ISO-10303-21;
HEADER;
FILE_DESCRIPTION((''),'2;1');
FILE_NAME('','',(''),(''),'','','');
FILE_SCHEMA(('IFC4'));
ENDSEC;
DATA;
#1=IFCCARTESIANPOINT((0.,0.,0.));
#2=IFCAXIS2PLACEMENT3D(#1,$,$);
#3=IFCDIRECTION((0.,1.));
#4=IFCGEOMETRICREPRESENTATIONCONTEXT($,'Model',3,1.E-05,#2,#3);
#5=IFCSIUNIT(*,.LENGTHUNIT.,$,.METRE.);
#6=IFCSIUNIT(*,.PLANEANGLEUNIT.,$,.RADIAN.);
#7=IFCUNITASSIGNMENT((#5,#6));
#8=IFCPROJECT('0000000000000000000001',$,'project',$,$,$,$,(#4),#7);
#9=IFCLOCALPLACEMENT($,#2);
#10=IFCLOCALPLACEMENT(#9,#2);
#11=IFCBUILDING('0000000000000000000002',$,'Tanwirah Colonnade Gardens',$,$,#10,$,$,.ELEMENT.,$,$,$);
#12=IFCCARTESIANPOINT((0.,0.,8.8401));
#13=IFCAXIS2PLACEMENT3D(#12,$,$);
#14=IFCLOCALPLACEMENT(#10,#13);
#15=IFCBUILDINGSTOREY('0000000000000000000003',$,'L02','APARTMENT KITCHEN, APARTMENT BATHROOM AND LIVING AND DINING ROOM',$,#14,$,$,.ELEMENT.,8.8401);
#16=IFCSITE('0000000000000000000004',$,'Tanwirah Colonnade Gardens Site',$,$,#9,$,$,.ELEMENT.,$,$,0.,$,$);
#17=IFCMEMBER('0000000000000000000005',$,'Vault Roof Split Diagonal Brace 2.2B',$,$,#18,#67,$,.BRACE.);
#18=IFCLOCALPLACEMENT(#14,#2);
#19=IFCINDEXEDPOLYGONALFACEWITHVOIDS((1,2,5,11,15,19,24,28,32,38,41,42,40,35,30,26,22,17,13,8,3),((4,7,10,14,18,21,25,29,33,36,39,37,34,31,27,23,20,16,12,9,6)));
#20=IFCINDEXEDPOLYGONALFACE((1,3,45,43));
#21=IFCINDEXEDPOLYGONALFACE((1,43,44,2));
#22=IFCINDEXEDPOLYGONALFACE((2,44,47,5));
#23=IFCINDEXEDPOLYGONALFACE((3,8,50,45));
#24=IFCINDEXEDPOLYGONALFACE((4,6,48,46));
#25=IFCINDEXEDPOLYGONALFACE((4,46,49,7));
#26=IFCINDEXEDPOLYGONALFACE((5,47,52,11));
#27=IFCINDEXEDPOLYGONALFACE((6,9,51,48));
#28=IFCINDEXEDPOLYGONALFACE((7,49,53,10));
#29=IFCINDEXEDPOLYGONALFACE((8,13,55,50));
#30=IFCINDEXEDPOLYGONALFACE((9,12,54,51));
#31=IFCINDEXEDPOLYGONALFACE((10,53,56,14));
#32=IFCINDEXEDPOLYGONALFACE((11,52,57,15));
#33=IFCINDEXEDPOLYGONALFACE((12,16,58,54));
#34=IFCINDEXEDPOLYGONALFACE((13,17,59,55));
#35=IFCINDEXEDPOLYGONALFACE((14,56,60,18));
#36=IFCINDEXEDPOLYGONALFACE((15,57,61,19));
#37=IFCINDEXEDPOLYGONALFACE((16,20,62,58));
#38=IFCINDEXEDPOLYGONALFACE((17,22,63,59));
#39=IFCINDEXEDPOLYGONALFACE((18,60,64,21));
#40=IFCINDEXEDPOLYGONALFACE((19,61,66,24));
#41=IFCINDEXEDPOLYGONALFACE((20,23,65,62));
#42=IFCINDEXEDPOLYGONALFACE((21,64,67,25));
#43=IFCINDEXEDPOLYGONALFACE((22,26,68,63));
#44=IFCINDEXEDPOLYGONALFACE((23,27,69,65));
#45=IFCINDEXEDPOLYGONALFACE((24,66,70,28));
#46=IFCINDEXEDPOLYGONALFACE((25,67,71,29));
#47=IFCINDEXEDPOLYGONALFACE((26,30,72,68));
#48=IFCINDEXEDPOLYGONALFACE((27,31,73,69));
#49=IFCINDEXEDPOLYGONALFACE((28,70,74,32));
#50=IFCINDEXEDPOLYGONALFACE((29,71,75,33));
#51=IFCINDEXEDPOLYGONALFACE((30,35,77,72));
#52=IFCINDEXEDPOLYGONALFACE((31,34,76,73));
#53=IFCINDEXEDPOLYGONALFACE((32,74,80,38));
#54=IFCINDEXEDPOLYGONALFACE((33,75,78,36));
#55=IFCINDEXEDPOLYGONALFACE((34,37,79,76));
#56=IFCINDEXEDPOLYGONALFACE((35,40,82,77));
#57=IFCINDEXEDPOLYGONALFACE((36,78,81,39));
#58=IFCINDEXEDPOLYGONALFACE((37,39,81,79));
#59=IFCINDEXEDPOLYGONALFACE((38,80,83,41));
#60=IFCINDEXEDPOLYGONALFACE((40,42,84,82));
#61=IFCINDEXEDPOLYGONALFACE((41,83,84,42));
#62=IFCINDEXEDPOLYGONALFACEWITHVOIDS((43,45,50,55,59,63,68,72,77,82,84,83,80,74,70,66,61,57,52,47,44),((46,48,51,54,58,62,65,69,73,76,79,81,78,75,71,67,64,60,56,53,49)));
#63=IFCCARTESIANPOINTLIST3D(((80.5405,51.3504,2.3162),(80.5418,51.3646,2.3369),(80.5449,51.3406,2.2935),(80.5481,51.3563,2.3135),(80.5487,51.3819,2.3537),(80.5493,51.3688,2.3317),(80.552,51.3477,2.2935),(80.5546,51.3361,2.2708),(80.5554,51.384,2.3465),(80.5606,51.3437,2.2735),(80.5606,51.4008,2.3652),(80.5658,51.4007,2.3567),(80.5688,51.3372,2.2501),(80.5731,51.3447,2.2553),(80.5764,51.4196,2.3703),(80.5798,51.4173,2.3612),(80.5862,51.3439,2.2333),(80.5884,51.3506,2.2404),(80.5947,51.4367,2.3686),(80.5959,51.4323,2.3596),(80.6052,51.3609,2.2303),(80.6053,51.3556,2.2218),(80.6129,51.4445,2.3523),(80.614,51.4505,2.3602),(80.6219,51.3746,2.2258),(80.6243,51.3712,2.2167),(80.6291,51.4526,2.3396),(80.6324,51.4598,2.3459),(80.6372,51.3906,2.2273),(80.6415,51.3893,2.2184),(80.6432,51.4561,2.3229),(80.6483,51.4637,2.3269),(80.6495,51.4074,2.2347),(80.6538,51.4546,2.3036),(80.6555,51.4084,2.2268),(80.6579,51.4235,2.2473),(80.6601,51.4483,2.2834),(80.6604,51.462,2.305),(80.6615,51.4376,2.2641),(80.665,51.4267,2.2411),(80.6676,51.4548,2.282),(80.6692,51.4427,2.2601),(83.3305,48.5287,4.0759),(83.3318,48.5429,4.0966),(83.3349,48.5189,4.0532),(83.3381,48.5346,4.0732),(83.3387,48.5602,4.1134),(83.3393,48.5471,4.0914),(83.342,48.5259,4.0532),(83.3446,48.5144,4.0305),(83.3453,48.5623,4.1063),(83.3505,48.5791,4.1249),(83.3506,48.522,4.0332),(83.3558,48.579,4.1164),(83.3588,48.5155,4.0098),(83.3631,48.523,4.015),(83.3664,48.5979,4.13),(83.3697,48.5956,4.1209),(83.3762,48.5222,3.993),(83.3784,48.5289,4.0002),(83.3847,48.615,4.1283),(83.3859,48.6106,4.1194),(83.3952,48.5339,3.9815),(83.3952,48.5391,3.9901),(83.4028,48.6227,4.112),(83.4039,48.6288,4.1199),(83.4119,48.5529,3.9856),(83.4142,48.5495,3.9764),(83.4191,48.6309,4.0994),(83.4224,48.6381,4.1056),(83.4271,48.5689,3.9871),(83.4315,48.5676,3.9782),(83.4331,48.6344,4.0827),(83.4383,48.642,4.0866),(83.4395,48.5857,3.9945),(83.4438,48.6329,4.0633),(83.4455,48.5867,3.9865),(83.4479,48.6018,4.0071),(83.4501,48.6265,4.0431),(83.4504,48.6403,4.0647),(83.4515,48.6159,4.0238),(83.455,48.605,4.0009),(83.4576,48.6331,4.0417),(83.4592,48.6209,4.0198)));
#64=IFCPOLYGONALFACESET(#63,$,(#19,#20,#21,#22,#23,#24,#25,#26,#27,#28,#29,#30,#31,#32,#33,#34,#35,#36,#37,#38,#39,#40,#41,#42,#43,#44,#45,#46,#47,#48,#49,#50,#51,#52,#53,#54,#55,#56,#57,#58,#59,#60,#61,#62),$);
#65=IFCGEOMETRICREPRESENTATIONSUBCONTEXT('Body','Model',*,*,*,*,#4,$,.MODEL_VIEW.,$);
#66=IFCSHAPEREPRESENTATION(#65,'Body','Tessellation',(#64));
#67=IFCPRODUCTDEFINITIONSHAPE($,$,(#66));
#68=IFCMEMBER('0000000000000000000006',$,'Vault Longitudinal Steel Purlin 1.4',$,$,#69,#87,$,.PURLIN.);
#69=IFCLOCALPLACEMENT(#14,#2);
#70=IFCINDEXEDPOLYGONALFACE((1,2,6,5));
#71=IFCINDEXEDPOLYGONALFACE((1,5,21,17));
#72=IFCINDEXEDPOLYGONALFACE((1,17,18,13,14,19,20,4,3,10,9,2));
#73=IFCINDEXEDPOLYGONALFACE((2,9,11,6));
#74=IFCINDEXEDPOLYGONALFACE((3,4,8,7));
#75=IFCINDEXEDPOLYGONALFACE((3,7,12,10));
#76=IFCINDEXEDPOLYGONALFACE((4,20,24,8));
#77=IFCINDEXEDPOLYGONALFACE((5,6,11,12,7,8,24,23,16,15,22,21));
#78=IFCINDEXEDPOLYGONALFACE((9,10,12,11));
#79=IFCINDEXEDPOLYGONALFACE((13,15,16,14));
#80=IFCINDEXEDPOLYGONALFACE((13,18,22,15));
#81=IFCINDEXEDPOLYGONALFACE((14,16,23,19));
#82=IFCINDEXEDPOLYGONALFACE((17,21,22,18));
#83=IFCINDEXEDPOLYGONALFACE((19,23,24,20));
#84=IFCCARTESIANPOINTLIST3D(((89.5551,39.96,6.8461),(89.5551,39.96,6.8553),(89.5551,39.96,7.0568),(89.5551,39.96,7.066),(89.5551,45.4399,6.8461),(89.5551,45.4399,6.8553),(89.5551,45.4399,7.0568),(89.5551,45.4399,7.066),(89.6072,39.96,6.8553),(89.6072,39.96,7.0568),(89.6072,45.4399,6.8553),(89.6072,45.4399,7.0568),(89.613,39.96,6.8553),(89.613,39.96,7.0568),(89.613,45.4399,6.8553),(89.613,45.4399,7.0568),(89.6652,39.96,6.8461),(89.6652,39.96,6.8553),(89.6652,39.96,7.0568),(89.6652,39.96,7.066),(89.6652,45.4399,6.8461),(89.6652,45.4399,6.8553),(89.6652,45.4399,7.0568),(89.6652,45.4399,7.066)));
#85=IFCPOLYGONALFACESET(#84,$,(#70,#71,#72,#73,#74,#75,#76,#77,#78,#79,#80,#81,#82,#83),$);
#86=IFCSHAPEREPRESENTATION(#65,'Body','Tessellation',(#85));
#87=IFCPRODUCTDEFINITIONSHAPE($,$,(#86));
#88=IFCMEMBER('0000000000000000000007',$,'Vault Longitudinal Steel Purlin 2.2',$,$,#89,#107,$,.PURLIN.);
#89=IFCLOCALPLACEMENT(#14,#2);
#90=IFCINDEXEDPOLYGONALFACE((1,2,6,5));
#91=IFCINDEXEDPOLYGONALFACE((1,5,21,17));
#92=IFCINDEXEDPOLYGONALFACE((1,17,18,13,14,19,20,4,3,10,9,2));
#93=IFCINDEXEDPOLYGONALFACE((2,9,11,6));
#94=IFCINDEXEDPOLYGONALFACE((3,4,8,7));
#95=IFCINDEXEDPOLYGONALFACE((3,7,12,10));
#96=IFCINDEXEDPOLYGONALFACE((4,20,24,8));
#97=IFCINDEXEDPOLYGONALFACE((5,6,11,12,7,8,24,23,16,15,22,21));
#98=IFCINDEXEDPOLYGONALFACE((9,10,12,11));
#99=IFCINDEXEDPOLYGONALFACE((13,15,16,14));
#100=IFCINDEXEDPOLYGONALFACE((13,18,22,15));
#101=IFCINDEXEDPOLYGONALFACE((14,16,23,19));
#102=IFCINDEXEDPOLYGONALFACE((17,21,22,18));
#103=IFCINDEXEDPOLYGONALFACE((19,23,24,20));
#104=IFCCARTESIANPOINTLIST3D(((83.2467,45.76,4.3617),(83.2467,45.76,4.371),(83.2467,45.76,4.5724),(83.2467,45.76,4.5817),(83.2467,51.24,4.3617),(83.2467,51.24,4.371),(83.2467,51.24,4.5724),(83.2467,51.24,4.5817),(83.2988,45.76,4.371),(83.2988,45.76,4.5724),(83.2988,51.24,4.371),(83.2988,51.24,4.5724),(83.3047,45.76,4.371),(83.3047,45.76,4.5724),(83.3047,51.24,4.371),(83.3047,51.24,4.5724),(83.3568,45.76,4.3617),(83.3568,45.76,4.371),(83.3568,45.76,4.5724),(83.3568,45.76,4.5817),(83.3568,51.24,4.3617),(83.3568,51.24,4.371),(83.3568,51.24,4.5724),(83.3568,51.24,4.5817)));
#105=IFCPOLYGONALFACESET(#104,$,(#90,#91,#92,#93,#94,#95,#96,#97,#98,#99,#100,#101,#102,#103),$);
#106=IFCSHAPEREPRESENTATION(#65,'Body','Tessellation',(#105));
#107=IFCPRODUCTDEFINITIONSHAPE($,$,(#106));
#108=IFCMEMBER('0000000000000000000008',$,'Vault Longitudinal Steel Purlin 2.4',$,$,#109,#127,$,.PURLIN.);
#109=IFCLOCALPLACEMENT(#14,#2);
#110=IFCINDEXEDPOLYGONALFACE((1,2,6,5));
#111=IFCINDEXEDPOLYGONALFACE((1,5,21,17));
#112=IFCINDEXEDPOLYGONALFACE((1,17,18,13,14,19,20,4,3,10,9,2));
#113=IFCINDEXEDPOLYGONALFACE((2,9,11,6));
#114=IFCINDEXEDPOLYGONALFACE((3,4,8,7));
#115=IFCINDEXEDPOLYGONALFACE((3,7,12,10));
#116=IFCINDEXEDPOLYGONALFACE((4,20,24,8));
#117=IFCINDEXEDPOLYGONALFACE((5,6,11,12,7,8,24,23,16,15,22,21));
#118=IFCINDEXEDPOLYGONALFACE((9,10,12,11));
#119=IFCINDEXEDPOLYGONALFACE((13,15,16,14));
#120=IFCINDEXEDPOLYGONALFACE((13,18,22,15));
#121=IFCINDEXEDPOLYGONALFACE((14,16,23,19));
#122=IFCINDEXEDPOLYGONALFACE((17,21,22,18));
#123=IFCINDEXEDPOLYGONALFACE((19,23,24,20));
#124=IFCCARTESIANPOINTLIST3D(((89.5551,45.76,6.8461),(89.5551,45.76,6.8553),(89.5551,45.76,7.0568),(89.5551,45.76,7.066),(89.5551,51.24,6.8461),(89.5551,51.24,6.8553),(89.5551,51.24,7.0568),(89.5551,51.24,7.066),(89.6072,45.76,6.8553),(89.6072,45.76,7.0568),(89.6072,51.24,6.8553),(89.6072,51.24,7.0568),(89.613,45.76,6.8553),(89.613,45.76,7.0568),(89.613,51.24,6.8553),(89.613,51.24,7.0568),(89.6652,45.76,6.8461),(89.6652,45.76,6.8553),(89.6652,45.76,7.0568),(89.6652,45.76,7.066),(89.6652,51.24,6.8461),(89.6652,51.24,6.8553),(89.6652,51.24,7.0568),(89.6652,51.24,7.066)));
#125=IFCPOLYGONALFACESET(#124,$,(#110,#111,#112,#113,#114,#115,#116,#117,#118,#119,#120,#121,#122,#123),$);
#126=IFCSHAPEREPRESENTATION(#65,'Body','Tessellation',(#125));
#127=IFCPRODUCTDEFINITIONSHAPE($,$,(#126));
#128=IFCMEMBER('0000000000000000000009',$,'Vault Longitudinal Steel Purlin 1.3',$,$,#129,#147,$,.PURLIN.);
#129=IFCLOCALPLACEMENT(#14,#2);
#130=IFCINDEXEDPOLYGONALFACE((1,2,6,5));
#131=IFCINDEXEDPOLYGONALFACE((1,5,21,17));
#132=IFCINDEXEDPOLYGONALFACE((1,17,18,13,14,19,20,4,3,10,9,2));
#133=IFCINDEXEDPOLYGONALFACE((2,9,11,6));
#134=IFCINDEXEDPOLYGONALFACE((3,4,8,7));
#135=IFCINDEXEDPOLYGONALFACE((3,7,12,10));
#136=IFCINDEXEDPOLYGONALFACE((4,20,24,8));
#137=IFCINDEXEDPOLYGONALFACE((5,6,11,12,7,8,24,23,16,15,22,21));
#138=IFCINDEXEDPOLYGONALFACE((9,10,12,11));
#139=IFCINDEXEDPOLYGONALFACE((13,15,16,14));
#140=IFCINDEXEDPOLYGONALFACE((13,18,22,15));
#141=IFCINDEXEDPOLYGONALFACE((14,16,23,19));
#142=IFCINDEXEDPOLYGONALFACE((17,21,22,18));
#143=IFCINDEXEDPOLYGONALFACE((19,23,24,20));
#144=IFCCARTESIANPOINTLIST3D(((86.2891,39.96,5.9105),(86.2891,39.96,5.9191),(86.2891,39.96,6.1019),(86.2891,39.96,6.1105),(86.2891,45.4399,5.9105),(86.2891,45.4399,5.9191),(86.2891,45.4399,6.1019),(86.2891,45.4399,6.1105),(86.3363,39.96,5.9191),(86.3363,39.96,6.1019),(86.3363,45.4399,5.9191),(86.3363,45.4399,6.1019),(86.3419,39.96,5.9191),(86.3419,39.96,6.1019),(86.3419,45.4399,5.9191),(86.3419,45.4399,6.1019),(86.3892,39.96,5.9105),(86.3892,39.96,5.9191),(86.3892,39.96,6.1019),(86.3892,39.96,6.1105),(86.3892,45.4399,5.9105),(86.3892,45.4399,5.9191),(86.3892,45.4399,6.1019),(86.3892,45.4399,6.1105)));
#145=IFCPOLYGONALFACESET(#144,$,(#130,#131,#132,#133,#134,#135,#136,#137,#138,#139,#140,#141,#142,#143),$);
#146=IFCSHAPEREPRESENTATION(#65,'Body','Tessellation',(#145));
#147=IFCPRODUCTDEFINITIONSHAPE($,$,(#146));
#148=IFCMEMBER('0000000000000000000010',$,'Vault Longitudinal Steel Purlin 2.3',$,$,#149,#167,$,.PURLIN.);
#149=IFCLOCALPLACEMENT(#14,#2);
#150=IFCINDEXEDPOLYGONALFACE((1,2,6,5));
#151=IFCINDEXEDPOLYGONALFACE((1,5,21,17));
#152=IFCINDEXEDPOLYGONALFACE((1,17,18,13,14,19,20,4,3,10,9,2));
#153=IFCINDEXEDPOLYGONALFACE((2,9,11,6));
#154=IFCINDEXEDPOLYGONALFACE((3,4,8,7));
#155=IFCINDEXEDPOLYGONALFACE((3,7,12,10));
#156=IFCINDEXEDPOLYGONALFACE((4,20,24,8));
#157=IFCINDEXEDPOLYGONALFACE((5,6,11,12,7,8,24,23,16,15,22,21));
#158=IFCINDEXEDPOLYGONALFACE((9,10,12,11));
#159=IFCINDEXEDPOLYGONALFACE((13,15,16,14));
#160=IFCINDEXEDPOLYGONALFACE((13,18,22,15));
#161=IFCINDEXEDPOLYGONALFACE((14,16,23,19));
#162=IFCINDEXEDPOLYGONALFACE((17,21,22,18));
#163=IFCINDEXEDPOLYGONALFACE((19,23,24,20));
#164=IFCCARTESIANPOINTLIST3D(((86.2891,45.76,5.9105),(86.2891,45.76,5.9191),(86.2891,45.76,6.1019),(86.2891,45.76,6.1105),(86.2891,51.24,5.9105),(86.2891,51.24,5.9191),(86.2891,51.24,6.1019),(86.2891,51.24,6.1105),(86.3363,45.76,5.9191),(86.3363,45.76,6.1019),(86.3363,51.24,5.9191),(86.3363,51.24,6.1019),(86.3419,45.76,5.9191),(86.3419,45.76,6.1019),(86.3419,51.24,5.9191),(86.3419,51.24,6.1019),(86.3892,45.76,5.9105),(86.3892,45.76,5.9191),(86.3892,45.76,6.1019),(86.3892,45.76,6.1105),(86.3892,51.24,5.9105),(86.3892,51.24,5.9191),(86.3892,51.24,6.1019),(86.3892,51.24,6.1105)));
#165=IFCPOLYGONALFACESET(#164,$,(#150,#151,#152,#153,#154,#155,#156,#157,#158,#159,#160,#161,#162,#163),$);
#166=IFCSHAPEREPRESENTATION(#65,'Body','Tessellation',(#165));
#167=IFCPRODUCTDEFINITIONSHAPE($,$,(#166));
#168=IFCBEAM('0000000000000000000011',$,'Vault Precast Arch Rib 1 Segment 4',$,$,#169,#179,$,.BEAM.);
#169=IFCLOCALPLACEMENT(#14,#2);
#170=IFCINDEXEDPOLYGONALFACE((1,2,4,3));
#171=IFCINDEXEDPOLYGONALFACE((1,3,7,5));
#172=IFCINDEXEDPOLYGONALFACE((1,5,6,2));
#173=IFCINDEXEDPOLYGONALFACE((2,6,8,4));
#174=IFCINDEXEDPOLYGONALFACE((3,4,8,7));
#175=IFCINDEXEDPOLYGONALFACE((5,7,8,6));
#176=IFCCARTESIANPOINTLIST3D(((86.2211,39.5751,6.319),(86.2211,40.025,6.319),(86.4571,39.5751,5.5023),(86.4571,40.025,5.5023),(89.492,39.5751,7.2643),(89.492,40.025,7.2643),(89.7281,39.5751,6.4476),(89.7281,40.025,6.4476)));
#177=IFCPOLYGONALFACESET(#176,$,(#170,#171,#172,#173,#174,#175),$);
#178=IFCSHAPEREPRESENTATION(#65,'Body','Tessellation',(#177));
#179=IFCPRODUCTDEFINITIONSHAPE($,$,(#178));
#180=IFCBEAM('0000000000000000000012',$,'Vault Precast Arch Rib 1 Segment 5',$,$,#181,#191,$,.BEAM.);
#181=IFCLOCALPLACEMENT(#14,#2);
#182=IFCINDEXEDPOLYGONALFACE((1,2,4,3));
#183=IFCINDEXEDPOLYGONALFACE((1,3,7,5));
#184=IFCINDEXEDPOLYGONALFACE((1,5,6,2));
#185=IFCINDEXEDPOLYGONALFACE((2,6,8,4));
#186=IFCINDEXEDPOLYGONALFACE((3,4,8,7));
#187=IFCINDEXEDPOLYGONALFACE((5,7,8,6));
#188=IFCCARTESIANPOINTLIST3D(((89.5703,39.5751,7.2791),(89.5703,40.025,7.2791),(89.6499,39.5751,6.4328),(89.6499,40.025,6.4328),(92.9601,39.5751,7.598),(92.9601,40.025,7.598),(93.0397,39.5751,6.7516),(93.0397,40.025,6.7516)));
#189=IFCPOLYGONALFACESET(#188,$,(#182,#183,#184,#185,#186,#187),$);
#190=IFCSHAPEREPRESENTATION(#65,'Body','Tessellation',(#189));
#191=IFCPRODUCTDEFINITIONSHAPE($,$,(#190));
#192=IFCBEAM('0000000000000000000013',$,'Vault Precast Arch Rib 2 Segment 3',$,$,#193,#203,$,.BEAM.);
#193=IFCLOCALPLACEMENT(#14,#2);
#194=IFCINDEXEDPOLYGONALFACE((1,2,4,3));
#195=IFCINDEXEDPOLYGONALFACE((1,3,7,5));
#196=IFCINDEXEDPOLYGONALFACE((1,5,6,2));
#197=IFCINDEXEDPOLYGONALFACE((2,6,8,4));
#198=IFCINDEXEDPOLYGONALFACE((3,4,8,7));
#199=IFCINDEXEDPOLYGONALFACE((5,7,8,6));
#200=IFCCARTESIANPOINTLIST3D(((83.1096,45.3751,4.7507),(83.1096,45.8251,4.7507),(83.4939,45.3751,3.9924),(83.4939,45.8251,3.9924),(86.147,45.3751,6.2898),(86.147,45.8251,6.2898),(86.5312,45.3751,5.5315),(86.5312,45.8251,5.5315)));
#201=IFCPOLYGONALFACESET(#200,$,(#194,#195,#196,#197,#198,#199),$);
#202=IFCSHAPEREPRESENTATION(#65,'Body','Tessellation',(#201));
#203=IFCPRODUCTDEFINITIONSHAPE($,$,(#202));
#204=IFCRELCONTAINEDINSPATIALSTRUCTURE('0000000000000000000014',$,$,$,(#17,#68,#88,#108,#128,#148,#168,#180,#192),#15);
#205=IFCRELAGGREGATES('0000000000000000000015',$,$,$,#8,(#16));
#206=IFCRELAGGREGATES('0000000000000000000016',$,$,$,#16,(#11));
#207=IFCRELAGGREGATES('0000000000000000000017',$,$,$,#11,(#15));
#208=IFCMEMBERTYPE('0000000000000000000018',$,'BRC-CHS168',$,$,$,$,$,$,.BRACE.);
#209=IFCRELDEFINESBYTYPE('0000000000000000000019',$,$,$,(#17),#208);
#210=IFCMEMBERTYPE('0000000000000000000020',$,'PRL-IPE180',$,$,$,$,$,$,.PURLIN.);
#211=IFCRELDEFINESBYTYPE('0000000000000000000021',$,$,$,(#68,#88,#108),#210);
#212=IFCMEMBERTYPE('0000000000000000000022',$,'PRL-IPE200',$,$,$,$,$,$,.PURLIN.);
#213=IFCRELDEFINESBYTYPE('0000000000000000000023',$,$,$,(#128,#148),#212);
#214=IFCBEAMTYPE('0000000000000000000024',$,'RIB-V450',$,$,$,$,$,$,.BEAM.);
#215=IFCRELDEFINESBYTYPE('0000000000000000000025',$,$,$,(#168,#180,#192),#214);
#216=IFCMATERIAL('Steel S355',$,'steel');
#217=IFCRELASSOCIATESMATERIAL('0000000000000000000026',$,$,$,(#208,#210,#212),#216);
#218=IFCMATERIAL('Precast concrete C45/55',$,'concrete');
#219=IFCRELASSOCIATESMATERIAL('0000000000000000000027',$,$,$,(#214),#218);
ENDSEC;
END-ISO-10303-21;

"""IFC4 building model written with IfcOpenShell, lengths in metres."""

from ifc_helpers import new_model, si_unit, direction, frame, origin, origin_2d, place, context, subcontext, project, spatial, rectangle, hollow_circle, i_section, extrude, material, material_profile, profile_set, type_object, element, save


model = new_model("IFC4")

# Units and contexts
model_context = context("Model", 3, precision=1e-05, world=origin(), true_north=direction((0.0, 1.0)))
body_context = subcontext(model_context, "Body", "Model", "MODEL_VIEW")
ifc_project = project(units=[si_unit("LENGTHUNIT", "METRE"), si_unit("PLANEANGLEUNIT", "RADIAN")], contexts=[model_context])

# Site, building, storey
site_placement = place(None, origin())
site = spatial("IfcSite", under=ifc_project, at=site_placement, Name="Tanwirah Colonnade Gardens Site", CompositionType="ELEMENT", RefElevation=0.0)
building_placement = place(site_placement, origin())
building = spatial("IfcBuilding", under=site, at=building_placement, Name="Tanwirah Colonnade Gardens", CompositionType="ELEMENT")
storey_placement = place(building_placement, frame((0.0, 0.0, 8.8401)))
storey = spatial("IfcBuildingStorey", under=building, at=storey_placement, Name="L02", Description="APARTMENT KITCHEN, APARTMENT BATHROOM AND LIVING AND DINING ROOM", CompositionType="ELEMENT", Elevation=8.8401)

# Members
ifc_material_1 = material(Name="Steel S355", Category="steel")
ifc_material_profile_1 = material_profile(ifc_material_1, hollow_circle(Radius=0.0842, WallThickness=0.01, at=origin_2d()), Name="CHS 168.3x10")
ifc_profile_set_1 = profile_set([ifc_material_profile_1], Name="Steel S355")
member_type_1 = type_object("IfcMemberType", Name="BRC-CHS168", PredefinedType="BRACE", material=ifc_profile_set_1)
member_1_placement = place(storey_placement, frame((83.3948, 48.5781, 4.0532), z_axis=(-0.642731, 0.650042, -0.405391), x_axis=(-0.711095, -0.703096, 0.0)))
element("IfcMember", 1, at=member_1_placement, inside=storey, type_object=member_type_1, Name="Vault Roof Split Diagonal Brace 2.2B", PredefinedType="BRACE", context=body_context, shape_type="SweptSolid", body=[
    extrude(hollow_circle(Radius=0.0842, WallThickness=0.01, at=origin_2d()), origin(), (0.0, 0.0, 1.0), 4.3408),
])
ifc_material_profile_2 = material_profile(ifc_material_1, i_section(OverallWidth=0.1101, OverallDepth=0.22, WebThickness=0.0059, FlangeThickness=0.0093, at=origin_2d()), Name="IPE 220")
ifc_profile_set_2 = profile_set([ifc_material_profile_2], Name="Steel S355")
member_type_2 = type_object("IfcMemberType", Name="PRL-IPE180", PredefinedType="PURLIN", material=ifc_profile_set_2)
for number, where, z_axis, x_axis, name in (
    (2, (89.6101, 39.96, 6.9561), (0.0, 1.0, 0.0), (-1.0, 0.0, 0.0), "Vault Longitudinal Steel Purlin 1.4"),
    (3, (83.3018, 45.76, 4.4717), (0.0, 1.0, 0.0), (-1.0, 0.0, 0.0), "Vault Longitudinal Steel Purlin 2.2"),
    (4, (89.6101, 45.76, 6.9561), (0.0, 1.0, 0.0), (-1.0, 0.0, 0.0), "Vault Longitudinal Steel Purlin 2.4"),
):
    element("IfcMember", number, at=place(storey_placement, frame(where, z_axis=z_axis, x_axis=x_axis)), inside=storey, type_object=member_type_2, Name=name, PredefinedType="PURLIN", context=body_context, shape_type="SweptSolid", body=[
        extrude(i_section(OverallWidth=0.1101, OverallDepth=0.22, WebThickness=0.0059, FlangeThickness=0.0093, at=origin_2d()), origin(), (0.0, 0.0, 1.0), 5.48),
    ])
ifc_material_profile_3 = material_profile(ifc_material_1, i_section(OverallWidth=0.1001, OverallDepth=0.2, WebThickness=0.0056, FlangeThickness=0.0085, at=origin_2d()), Name="IPE 200")
ifc_profile_set_3 = profile_set([ifc_material_profile_3], Name="Steel S355")
member_type_3 = type_object("IfcMemberType", Name="PRL-IPE200", PredefinedType="PURLIN", material=ifc_profile_set_3)
for number, where, z_axis, x_axis, name in (
    (5, (86.3391, 39.96, 6.0105), (0.0, 1.0, 0.0), (-1.0, 0.0, 0.0), "Vault Longitudinal Steel Purlin 1.3"),
    (6, (86.3391, 45.76, 6.0105), (0.0, 1.0, 0.0), (-1.0, 0.0, 0.0), "Vault Longitudinal Steel Purlin 2.3"),
):
    element("IfcMember", number, at=place(storey_placement, frame(where, z_axis=z_axis, x_axis=x_axis)), inside=storey, type_object=member_type_3, Name=name, PredefinedType="PURLIN", context=body_context, shape_type="SweptSolid", body=[
        extrude(i_section(OverallWidth=0.1001, OverallDepth=0.2, WebThickness=0.0056, FlangeThickness=0.0085, at=origin_2d()), origin(), (0.0, 0.0, 1.0), 5.48),
    ])

# Beams
ifc_material_2 = material(Name="Precast concrete C45/55", Category="concrete")
ifc_material_profile_4 = material_profile(ifc_material_2, rectangle(XDim=0.45, YDim=0.8501, at=origin_2d()), Name="PC-RIB 450x850")
ifc_profile_set_4 = profile_set([ifc_material_profile_4], Name="Precast concrete C45/55")
beam_type = type_object("IfcBeamType", Name="RIB-V450", PredefinedType="BEAM", material=ifc_profile_set_4)
for number, where, z_axis, x_axis, name in (
    (7, (86.3391, 39.8, 5.9106), (0.960686, 0.0, 0.277637), (0.0, 1.0, 0.0), "Vault Precast Arch Rib 1 Segment 4"),
    (8, (89.6101, 39.8, 6.856), (0.995606, 0.0, 0.093645), (0.0, 1.0, 0.0), "Vault Precast Arch Rib 1 Segment 5"),
):
    element("IfcBeam", number, at=place(storey_placement, frame(where, z_axis=z_axis, x_axis=x_axis)), inside=storey, type_object=beam_type, Name=name, PredefinedType="BEAM", context=body_context, shape_type="SweptSolid", body=[
        extrude(rectangle(XDim=0.45, YDim=0.8501, at=origin_2d()), origin(), (0.0, 0.0, 1.0), 3.4048),
    ])
beam_placement = place(storey_placement, frame((83.3018, 45.6001, 4.3716), z_axis=(0.89202, 0.0, 0.451997), x_axis=(0.0, 1.0, 0.0)))
element("IfcBeam", 9, at=beam_placement, inside=storey, type_object=beam_type, Name="Vault Precast Arch Rib 2 Segment 3", PredefinedType="BEAM", context=body_context, shape_type="SweptSolid", body=[
    extrude(rectangle(XDim=0.45, YDim=0.8501, at=origin_2d()), origin(), (0.0, 0.0, 1.0), 3.405),
])

save(model, "model.ifc")
